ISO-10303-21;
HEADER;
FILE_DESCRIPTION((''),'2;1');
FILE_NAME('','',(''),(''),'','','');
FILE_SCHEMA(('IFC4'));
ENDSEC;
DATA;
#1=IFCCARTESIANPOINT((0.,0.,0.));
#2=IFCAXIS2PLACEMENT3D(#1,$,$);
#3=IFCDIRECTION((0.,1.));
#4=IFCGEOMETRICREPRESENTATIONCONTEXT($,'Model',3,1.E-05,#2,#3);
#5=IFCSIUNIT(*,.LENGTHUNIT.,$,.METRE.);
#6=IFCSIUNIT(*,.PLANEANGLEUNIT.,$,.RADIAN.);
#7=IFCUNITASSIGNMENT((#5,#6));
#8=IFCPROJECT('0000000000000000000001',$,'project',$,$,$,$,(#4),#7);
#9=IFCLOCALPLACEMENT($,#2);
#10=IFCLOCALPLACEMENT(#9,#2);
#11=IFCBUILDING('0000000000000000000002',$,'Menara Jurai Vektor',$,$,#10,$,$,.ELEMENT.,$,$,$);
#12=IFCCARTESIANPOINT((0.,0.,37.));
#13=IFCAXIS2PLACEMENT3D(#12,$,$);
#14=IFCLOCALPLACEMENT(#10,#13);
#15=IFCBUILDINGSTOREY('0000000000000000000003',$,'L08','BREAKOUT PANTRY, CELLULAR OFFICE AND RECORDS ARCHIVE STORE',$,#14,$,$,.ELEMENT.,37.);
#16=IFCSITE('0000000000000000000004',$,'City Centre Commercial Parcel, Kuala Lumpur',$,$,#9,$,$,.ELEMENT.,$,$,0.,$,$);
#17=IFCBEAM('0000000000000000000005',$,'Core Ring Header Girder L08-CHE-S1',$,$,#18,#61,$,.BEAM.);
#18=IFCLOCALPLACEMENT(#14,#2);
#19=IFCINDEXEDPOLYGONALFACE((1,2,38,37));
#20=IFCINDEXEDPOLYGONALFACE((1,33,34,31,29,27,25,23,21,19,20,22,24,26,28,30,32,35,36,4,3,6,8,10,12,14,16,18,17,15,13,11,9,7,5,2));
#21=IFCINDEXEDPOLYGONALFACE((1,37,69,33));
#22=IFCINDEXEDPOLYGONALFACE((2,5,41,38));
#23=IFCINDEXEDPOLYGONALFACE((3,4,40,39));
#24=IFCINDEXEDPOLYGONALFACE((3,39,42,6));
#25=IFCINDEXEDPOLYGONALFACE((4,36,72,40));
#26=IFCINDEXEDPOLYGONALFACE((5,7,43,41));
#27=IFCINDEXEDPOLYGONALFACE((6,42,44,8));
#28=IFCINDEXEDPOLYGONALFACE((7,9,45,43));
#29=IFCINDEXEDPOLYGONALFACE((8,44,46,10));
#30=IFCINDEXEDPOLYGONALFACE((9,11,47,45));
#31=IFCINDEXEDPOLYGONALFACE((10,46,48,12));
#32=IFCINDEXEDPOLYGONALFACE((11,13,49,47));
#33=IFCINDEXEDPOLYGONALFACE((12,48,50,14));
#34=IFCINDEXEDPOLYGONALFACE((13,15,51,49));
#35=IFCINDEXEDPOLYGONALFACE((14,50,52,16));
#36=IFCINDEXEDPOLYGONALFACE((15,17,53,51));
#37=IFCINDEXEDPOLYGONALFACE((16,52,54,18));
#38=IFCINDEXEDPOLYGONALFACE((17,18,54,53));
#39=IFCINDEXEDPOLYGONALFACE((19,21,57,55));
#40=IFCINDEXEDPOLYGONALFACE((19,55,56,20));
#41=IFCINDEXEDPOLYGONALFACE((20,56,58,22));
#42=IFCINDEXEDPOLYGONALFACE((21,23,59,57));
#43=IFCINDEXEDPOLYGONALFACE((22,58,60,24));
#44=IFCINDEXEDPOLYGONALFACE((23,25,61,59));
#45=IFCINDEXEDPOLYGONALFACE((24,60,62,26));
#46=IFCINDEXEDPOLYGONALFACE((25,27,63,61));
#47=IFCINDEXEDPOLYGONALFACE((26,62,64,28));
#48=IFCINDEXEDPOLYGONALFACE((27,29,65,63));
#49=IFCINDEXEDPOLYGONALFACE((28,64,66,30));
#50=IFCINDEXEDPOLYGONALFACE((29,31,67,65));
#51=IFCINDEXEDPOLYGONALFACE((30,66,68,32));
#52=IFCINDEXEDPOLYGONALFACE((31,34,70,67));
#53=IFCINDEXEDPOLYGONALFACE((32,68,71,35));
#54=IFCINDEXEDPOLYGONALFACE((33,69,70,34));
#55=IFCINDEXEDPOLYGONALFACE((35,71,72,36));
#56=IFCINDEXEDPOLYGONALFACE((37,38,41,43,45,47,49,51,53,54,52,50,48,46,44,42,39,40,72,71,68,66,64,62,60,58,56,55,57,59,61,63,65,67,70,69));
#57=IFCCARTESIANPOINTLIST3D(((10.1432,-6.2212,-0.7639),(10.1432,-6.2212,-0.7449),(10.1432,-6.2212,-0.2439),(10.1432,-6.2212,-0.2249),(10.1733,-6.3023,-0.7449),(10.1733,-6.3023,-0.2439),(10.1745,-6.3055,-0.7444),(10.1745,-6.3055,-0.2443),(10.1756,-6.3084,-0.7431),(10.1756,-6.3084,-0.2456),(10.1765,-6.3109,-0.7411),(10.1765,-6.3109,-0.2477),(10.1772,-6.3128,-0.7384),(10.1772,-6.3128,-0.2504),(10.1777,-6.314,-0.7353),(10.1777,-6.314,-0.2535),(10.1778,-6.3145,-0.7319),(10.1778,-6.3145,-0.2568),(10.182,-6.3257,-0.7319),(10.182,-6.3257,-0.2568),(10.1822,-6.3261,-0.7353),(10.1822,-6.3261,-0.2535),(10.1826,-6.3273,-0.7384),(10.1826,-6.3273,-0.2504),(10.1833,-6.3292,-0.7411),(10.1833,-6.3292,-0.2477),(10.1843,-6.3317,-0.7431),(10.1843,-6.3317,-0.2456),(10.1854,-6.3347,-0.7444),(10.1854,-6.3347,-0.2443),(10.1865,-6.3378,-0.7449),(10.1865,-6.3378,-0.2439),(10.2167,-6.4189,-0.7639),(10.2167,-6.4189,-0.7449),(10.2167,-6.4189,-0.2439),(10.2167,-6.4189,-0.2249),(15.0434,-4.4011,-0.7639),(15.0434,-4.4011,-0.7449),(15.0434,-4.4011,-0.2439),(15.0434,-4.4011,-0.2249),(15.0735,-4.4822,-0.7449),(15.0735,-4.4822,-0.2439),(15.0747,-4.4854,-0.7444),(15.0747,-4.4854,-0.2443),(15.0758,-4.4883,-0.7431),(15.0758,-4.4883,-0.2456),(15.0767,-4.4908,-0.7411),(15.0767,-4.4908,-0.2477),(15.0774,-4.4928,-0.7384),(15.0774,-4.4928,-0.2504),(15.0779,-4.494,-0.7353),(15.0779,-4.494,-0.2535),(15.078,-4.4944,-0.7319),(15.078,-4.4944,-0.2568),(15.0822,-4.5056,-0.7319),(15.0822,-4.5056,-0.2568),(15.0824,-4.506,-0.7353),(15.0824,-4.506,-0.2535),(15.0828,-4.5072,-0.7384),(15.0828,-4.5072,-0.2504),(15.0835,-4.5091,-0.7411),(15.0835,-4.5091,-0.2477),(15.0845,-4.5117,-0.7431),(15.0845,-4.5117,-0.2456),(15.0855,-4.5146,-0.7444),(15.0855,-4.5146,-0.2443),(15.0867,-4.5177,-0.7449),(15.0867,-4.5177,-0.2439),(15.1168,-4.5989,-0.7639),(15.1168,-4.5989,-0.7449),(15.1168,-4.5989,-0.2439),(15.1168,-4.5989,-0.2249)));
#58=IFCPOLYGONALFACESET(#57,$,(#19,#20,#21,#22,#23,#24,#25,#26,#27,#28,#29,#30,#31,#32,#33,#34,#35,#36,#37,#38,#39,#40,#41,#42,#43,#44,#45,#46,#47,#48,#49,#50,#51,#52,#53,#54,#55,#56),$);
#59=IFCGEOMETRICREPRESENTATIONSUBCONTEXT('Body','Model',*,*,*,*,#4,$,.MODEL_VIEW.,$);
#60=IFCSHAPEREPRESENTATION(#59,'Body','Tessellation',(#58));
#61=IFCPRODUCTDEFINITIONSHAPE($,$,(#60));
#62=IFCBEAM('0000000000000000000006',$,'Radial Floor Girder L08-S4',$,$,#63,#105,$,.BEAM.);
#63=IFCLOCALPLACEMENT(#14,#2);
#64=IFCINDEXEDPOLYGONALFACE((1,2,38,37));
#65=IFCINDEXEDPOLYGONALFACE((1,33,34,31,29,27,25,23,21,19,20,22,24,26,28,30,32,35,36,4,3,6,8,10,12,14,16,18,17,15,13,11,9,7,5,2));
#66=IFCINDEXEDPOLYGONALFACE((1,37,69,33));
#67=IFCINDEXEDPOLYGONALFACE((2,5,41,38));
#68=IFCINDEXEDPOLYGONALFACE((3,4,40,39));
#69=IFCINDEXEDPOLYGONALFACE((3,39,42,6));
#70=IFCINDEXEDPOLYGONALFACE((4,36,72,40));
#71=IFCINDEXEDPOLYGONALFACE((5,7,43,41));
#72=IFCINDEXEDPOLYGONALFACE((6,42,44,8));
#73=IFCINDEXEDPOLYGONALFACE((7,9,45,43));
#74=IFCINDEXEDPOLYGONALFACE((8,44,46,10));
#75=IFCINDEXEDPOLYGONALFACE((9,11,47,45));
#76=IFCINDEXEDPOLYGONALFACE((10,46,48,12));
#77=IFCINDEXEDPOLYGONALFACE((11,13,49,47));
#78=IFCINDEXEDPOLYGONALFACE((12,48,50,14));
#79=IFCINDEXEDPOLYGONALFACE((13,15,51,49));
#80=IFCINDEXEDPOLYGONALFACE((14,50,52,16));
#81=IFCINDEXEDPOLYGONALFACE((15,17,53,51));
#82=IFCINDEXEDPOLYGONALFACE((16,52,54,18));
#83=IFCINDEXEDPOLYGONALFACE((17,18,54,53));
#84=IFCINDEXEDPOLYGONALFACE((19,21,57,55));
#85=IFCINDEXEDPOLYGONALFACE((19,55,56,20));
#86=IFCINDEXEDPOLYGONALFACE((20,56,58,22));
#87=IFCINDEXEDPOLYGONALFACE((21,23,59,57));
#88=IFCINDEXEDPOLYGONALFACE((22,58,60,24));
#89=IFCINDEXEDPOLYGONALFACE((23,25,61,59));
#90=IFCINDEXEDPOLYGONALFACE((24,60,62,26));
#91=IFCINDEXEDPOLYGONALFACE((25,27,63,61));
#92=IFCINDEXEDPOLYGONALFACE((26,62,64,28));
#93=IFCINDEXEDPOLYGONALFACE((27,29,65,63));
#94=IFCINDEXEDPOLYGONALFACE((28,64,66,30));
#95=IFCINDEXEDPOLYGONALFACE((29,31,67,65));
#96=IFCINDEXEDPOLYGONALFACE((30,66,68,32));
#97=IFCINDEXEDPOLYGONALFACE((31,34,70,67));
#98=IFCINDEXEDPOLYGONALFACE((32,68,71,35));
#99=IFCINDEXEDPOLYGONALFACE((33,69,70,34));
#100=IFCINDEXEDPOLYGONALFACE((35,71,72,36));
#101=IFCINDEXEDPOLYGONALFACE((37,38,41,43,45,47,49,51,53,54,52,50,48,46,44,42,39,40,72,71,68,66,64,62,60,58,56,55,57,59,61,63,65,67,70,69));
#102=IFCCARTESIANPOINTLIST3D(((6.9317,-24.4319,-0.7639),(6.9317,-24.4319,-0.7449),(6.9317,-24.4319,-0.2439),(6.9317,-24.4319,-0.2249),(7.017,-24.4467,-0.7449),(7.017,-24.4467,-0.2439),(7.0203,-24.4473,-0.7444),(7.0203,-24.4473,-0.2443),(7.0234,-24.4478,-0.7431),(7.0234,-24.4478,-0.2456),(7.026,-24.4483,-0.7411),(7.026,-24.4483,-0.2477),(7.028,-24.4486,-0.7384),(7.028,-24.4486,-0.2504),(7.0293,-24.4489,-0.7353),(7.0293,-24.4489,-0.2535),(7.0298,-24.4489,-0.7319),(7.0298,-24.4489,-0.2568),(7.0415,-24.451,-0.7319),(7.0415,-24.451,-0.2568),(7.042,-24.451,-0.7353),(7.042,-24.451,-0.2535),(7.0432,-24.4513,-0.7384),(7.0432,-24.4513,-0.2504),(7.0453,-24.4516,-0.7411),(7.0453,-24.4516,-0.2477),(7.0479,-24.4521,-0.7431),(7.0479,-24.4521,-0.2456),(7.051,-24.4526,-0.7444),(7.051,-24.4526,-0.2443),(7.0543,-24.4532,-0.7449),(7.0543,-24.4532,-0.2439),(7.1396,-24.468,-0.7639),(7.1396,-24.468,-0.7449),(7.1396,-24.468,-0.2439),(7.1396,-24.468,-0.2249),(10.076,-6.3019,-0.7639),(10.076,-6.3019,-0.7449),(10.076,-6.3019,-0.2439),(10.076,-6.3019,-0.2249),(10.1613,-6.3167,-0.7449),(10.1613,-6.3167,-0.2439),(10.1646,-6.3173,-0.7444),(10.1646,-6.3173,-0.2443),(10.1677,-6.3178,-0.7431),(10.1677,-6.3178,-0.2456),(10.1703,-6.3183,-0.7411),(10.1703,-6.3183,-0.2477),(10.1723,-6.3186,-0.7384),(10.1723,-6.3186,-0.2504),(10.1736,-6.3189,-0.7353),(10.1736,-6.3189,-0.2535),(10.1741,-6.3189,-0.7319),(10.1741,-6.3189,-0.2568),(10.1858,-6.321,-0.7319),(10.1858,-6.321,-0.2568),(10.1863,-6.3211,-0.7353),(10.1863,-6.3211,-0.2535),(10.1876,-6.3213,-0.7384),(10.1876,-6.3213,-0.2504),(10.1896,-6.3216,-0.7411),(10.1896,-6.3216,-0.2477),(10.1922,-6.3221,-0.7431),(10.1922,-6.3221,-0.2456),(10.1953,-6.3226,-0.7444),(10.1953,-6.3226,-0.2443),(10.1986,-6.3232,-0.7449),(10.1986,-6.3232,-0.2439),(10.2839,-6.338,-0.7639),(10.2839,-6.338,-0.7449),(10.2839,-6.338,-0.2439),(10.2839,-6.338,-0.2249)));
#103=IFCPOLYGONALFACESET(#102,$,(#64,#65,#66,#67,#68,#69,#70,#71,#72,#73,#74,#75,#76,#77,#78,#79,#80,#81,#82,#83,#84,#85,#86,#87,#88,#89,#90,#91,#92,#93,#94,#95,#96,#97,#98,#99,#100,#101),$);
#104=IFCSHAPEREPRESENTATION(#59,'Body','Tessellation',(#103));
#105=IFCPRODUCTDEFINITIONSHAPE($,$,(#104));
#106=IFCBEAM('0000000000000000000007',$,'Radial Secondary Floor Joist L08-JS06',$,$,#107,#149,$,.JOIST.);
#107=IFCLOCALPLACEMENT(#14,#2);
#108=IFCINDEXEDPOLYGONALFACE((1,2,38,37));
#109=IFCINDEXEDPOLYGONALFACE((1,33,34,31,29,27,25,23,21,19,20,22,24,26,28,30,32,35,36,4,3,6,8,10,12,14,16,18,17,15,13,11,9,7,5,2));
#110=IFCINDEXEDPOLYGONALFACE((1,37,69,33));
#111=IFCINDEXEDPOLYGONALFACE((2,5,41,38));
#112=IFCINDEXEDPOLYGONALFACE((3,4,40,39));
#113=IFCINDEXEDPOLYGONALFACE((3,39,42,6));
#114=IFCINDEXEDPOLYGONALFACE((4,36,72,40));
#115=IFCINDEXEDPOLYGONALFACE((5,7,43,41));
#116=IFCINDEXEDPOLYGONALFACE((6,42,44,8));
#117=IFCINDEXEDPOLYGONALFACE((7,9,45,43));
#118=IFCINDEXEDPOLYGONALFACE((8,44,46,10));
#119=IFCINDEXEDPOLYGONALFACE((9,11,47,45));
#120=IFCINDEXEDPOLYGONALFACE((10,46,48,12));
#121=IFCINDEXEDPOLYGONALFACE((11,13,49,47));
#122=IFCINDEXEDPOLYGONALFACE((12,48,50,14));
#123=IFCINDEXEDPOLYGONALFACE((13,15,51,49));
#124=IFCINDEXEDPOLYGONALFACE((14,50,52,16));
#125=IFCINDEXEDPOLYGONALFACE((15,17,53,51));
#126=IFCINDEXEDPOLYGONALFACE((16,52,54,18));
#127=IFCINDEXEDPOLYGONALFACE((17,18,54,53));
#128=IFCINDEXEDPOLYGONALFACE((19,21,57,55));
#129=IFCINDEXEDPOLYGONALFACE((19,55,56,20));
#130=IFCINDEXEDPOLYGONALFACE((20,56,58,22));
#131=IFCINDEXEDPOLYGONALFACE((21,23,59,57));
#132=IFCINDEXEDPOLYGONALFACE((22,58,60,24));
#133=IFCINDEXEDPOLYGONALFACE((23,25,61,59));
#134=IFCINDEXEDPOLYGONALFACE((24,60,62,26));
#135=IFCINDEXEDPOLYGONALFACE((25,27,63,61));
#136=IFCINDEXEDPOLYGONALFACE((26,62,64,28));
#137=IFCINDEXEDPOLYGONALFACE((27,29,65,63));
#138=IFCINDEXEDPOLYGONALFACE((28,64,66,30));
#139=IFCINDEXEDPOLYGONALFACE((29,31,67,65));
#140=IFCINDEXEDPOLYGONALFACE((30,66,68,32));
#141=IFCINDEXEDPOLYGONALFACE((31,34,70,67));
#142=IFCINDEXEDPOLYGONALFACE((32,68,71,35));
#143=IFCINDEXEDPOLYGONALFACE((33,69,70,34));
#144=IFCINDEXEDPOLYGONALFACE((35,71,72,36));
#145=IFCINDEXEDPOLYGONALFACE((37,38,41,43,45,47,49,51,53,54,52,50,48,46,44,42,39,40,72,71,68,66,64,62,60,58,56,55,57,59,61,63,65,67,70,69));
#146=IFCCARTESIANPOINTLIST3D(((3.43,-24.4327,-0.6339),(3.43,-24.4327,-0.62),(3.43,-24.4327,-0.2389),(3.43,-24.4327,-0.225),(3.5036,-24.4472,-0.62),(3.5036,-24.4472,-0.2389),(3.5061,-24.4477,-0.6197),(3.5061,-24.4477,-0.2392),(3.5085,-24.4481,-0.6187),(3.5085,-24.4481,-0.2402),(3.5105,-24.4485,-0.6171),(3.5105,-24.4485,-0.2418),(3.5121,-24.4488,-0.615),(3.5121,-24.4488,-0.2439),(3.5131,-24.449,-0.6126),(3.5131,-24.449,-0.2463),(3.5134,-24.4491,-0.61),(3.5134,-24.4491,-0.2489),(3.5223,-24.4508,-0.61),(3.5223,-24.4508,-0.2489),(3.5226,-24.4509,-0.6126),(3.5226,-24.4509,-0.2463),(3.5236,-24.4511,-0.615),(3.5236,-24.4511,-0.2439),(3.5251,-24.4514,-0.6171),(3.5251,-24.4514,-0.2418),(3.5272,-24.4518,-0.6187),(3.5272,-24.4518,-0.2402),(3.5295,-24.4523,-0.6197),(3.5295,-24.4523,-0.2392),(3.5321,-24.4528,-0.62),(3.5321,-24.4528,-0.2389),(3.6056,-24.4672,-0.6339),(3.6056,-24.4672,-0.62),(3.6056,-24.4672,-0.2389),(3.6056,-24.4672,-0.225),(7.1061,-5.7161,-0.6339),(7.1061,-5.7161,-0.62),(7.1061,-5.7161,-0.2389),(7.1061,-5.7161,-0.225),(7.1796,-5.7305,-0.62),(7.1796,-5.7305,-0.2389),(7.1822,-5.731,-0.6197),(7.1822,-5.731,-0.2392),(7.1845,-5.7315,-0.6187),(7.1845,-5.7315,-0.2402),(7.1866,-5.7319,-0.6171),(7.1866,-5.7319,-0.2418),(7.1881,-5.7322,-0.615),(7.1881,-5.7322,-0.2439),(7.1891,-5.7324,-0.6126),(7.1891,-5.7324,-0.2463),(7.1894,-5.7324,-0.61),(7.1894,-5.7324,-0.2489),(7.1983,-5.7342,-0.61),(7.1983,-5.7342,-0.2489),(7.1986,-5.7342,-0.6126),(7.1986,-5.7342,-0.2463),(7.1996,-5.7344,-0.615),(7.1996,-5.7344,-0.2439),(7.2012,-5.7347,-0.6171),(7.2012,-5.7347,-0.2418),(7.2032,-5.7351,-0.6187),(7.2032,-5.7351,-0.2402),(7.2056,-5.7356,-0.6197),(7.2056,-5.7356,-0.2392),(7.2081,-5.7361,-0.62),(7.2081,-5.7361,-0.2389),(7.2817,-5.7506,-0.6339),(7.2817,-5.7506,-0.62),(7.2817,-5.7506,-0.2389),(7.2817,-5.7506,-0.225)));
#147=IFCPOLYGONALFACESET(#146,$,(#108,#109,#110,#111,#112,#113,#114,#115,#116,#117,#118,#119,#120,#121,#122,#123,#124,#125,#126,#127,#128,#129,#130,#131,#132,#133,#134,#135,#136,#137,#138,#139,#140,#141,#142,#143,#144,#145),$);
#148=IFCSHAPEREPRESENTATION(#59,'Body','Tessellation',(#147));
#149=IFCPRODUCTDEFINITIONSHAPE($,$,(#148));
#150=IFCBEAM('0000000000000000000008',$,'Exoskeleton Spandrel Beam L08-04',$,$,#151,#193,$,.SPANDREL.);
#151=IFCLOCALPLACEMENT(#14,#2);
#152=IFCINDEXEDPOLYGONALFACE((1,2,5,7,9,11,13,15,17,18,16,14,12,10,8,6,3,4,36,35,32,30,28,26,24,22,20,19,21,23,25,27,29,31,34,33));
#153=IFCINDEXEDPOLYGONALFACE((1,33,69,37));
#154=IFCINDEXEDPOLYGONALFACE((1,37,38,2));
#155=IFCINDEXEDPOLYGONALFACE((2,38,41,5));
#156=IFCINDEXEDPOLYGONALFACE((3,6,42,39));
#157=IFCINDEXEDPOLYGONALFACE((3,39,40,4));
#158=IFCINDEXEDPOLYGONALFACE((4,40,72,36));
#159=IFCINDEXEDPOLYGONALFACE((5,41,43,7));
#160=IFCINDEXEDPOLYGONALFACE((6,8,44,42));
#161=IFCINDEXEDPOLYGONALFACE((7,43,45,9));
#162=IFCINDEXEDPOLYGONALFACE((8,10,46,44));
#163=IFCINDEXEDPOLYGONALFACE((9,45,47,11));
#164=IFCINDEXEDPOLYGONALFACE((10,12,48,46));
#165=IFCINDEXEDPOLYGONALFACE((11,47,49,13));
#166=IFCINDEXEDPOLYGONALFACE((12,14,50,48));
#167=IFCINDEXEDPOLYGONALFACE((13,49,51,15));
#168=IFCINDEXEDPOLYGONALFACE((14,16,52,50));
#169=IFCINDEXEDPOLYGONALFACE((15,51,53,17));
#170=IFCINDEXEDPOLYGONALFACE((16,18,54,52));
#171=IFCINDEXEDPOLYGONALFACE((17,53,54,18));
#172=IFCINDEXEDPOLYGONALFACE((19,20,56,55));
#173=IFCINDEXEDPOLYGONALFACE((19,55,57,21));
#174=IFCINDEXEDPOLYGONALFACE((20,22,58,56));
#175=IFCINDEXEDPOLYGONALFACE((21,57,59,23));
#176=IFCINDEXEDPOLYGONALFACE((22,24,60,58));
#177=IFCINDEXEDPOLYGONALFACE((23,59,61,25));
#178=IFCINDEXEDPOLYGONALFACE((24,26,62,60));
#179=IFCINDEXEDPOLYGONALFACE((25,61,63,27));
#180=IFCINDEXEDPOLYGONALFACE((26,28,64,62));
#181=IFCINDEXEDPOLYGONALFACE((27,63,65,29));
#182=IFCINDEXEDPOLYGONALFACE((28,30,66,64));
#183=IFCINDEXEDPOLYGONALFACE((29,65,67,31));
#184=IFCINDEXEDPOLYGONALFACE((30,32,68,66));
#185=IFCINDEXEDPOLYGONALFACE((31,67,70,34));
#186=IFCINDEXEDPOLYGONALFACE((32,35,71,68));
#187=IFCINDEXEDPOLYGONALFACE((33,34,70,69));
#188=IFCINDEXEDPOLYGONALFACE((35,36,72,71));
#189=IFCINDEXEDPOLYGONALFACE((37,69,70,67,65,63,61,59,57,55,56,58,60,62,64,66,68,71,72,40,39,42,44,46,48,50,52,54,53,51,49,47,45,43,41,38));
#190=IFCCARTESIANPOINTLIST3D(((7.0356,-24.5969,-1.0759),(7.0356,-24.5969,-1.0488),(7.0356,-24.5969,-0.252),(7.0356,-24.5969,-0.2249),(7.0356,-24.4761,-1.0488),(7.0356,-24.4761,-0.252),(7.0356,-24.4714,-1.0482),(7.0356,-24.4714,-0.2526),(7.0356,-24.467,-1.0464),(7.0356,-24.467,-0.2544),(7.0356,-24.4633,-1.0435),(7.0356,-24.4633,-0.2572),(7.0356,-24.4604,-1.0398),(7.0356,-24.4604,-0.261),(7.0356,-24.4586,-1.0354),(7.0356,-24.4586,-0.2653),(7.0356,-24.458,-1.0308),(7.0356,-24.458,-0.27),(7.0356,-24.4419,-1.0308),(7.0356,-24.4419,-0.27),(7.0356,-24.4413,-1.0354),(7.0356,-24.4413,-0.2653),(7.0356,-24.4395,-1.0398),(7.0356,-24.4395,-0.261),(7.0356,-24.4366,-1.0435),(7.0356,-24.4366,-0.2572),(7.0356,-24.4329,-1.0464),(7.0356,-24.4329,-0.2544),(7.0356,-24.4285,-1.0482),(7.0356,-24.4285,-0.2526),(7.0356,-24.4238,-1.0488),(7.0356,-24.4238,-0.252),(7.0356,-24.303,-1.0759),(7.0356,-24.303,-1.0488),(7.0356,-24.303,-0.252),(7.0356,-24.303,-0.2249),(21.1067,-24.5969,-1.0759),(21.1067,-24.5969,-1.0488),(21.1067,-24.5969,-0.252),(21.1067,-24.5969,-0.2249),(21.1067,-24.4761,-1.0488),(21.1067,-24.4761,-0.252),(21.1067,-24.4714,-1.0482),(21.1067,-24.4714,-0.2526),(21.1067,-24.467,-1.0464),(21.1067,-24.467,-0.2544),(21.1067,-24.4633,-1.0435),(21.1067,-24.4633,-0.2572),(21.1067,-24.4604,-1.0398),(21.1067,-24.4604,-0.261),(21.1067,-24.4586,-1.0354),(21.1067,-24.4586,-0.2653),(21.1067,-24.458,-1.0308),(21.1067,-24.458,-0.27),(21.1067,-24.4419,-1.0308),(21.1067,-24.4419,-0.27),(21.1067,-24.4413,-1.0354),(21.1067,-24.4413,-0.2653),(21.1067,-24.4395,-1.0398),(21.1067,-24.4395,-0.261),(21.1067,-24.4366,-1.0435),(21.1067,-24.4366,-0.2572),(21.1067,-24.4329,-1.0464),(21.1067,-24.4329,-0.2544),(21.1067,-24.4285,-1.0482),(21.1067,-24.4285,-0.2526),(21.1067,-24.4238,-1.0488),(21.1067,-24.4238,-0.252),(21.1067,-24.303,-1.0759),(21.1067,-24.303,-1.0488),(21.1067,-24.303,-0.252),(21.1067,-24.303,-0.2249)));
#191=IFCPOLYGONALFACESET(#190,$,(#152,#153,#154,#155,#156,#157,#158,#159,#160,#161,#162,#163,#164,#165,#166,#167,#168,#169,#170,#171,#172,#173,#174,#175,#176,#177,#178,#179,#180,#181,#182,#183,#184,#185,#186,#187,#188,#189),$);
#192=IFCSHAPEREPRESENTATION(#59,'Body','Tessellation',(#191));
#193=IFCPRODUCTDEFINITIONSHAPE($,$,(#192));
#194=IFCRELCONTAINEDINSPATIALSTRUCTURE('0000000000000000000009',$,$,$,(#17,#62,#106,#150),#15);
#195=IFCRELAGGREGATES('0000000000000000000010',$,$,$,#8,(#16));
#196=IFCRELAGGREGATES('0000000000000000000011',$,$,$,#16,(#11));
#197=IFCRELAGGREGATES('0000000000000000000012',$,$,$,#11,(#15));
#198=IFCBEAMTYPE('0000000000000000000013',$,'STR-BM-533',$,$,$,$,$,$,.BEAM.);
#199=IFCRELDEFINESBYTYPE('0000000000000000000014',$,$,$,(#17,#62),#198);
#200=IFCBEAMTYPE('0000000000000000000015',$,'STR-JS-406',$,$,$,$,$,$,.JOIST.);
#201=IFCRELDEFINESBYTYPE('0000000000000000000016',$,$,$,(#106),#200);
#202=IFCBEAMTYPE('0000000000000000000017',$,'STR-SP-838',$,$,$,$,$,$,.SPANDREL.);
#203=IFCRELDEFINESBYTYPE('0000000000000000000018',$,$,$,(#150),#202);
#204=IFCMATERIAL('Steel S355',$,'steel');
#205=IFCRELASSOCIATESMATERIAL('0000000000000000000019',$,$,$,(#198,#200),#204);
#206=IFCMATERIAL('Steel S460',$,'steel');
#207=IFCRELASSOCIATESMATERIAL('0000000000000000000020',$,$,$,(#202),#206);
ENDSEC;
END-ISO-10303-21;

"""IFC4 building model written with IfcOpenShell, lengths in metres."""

from ifc_helpers import new_model, si_unit, direction, frame, origin, origin_2d, place, context, subcontext, project, spatial, i_section, extrude, material, material_profile, profile_set, type_object, element, save


model = new_model("IFC4")

# Units and contexts
model_context = context("Model", 3, precision=1e-05, world=origin(), true_north=direction((0.0, 1.0)))
body_context = subcontext(model_context, "Body", "Model", "MODEL_VIEW")
ifc_project = project(units=[si_unit("LENGTHUNIT", "METRE"), si_unit("PLANEANGLEUNIT", "RADIAN")], contexts=[model_context])

# Site, building, storey
site_placement = place(None, origin())
site = spatial("IfcSite", under=ifc_project, at=site_placement, Name="City Centre Commercial Parcel, Kuala Lumpur", CompositionType="ELEMENT", RefElevation=0.0)
building_placement = place(site_placement, origin())
building = spatial("IfcBuilding", under=site, at=building_placement, Name="Menara Jurai Vektor", CompositionType="ELEMENT")
storey_placement = place(building_placement, frame((0.0, 0.0, 37.0)))
storey = spatial("IfcBuildingStorey", under=building, at=storey_placement, Name="L08", Description="BREAKOUT PANTRY, CELLULAR OFFICE AND RECORDS ARCHIVE STORE", CompositionType="ELEMENT", Elevation=37.0)

# Shared definitions
ifc_material_1 = material(Name="Steel S460", Category="steel")

# Beams
ifc_material_2 = material(Name="Steel S355", Category="steel")
ifc_material_profile_1 = material_profile(ifc_material_2, i_section(OverallWidth=0.2109, OverallDepth=0.5391, WebThickness=0.012, FlangeThickness=0.019, FilletRadius=0.0129, at=origin_2d()), Name="UKB 533x210x109")
ifc_profile_set_1 = profile_set([ifc_material_profile_1], Name="Steel S355")
beam_type_1 = type_object("IfcBeamType", Name="STR-BM-533", PredefinedType="BEAM", material=ifc_profile_set_1)
beam_1_placement = place(storey_placement, frame((10.1799, -6.3201, -0.4944), z_axis=(0.937424, 0.348189, 0.0), x_axis=(-0.348189, 0.937424, 0.0)))
element("IfcBeam", 1, at=beam_1_placement, inside=storey, type_object=beam_type_1, Name="Core Ring Header Girder L08-CHE-S1", PredefinedType="BEAM", context=body_context, shape_type="SweptSolid", body=[
    extrude(i_section(OverallWidth=0.2109, OverallDepth=0.5391, WebThickness=0.012, FlangeThickness=0.019, FilletRadius=0.0129, at=origin_2d()), origin(), (0.0, 0.0, 1.0), 5.2273),
])
beam_2_placement = place(storey_placement, frame((7.0356, -24.45, -0.4944), z_axis=(0.17088, 0.985292, 0.0), x_axis=(-0.985292, 0.17088, 0.0)))
element("IfcBeam", 2, at=beam_2_placement, inside=storey, type_object=beam_type_1, Name="Radial Floor Girder L08-S4", PredefinedType="BEAM", context=body_context, shape_type="SweptSolid", body=[
    extrude(i_section(OverallWidth=0.2109, OverallDepth=0.5391, WebThickness=0.012, FlangeThickness=0.019, FilletRadius=0.0129, at=origin_2d()), origin(), (0.0, 0.0, 1.0), 18.4006),
])
ifc_material_profile_2 = material_profile(ifc_material_2, i_section(OverallWidth=0.179, OverallDepth=0.4089, WebThickness=0.009, FlangeThickness=0.0139, FilletRadius=0.01, at=origin_2d()), Name="UKB 406x178x67")
ifc_profile_set_2 = profile_set([ifc_material_profile_2], Name="Steel S355")
beam_type_2 = type_object("IfcBeamType", Name="STR-JS-406", PredefinedType="JOIST", material=ifc_profile_set_2)
beam_3_placement = place(storey_placement, frame((3.5178, -24.45, -0.4294), z_axis=(0.192723, 0.981253, 0.0), x_axis=(-0.981253, 0.192723, 0.0)))
element("IfcBeam", 3, at=beam_3_placement, inside=storey, type_object=beam_type_2, Name="Radial Secondary Floor Joist L08-JS06", PredefinedType="JOIST", context=body_context, shape_type="SweptSolid", body=[
    extrude(i_section(OverallWidth=0.179, OverallDepth=0.4089, WebThickness=0.009, FlangeThickness=0.0139, FilletRadius=0.01, at=origin_2d()), origin(), (0.0, 0.0, 1.0), 19.0742),
])
ifc_material_profile_3 = material_profile(ifc_material_1, i_section(OverallWidth=0.2939, OverallDepth=0.8511, WebThickness=0.0161, FlangeThickness=0.0271, FilletRadius=0.0181, at=origin_2d()), Name="UKB 838x292x226")
ifc_profile_set_3 = profile_set([ifc_material_profile_3], Name="Steel S460")
beam_type_3 = type_object("IfcBeamType", Name="STR-SP-838", PredefinedType="SPANDREL", material=ifc_profile_set_3)
beam_4_placement = place(storey_placement, frame((7.0356, -24.45, -0.6504), z_axis=(1.0, 0.0, 0.0), x_axis=(0.0, 1.0, 0.0)))
element("IfcBeam", 4, at=beam_4_placement, inside=storey, type_object=beam_type_3, Name="Exoskeleton Spandrel Beam L08-04", PredefinedType="SPANDREL", context=body_context, shape_type="SweptSolid", body=[
    extrude(i_section(OverallWidth=0.2939, OverallDepth=0.8511, WebThickness=0.0161, FlangeThickness=0.0271, FilletRadius=0.0181, at=origin_2d()), origin(), (0.0, 0.0, 1.0), 14.071),
])

save(model, "model.ifc")
